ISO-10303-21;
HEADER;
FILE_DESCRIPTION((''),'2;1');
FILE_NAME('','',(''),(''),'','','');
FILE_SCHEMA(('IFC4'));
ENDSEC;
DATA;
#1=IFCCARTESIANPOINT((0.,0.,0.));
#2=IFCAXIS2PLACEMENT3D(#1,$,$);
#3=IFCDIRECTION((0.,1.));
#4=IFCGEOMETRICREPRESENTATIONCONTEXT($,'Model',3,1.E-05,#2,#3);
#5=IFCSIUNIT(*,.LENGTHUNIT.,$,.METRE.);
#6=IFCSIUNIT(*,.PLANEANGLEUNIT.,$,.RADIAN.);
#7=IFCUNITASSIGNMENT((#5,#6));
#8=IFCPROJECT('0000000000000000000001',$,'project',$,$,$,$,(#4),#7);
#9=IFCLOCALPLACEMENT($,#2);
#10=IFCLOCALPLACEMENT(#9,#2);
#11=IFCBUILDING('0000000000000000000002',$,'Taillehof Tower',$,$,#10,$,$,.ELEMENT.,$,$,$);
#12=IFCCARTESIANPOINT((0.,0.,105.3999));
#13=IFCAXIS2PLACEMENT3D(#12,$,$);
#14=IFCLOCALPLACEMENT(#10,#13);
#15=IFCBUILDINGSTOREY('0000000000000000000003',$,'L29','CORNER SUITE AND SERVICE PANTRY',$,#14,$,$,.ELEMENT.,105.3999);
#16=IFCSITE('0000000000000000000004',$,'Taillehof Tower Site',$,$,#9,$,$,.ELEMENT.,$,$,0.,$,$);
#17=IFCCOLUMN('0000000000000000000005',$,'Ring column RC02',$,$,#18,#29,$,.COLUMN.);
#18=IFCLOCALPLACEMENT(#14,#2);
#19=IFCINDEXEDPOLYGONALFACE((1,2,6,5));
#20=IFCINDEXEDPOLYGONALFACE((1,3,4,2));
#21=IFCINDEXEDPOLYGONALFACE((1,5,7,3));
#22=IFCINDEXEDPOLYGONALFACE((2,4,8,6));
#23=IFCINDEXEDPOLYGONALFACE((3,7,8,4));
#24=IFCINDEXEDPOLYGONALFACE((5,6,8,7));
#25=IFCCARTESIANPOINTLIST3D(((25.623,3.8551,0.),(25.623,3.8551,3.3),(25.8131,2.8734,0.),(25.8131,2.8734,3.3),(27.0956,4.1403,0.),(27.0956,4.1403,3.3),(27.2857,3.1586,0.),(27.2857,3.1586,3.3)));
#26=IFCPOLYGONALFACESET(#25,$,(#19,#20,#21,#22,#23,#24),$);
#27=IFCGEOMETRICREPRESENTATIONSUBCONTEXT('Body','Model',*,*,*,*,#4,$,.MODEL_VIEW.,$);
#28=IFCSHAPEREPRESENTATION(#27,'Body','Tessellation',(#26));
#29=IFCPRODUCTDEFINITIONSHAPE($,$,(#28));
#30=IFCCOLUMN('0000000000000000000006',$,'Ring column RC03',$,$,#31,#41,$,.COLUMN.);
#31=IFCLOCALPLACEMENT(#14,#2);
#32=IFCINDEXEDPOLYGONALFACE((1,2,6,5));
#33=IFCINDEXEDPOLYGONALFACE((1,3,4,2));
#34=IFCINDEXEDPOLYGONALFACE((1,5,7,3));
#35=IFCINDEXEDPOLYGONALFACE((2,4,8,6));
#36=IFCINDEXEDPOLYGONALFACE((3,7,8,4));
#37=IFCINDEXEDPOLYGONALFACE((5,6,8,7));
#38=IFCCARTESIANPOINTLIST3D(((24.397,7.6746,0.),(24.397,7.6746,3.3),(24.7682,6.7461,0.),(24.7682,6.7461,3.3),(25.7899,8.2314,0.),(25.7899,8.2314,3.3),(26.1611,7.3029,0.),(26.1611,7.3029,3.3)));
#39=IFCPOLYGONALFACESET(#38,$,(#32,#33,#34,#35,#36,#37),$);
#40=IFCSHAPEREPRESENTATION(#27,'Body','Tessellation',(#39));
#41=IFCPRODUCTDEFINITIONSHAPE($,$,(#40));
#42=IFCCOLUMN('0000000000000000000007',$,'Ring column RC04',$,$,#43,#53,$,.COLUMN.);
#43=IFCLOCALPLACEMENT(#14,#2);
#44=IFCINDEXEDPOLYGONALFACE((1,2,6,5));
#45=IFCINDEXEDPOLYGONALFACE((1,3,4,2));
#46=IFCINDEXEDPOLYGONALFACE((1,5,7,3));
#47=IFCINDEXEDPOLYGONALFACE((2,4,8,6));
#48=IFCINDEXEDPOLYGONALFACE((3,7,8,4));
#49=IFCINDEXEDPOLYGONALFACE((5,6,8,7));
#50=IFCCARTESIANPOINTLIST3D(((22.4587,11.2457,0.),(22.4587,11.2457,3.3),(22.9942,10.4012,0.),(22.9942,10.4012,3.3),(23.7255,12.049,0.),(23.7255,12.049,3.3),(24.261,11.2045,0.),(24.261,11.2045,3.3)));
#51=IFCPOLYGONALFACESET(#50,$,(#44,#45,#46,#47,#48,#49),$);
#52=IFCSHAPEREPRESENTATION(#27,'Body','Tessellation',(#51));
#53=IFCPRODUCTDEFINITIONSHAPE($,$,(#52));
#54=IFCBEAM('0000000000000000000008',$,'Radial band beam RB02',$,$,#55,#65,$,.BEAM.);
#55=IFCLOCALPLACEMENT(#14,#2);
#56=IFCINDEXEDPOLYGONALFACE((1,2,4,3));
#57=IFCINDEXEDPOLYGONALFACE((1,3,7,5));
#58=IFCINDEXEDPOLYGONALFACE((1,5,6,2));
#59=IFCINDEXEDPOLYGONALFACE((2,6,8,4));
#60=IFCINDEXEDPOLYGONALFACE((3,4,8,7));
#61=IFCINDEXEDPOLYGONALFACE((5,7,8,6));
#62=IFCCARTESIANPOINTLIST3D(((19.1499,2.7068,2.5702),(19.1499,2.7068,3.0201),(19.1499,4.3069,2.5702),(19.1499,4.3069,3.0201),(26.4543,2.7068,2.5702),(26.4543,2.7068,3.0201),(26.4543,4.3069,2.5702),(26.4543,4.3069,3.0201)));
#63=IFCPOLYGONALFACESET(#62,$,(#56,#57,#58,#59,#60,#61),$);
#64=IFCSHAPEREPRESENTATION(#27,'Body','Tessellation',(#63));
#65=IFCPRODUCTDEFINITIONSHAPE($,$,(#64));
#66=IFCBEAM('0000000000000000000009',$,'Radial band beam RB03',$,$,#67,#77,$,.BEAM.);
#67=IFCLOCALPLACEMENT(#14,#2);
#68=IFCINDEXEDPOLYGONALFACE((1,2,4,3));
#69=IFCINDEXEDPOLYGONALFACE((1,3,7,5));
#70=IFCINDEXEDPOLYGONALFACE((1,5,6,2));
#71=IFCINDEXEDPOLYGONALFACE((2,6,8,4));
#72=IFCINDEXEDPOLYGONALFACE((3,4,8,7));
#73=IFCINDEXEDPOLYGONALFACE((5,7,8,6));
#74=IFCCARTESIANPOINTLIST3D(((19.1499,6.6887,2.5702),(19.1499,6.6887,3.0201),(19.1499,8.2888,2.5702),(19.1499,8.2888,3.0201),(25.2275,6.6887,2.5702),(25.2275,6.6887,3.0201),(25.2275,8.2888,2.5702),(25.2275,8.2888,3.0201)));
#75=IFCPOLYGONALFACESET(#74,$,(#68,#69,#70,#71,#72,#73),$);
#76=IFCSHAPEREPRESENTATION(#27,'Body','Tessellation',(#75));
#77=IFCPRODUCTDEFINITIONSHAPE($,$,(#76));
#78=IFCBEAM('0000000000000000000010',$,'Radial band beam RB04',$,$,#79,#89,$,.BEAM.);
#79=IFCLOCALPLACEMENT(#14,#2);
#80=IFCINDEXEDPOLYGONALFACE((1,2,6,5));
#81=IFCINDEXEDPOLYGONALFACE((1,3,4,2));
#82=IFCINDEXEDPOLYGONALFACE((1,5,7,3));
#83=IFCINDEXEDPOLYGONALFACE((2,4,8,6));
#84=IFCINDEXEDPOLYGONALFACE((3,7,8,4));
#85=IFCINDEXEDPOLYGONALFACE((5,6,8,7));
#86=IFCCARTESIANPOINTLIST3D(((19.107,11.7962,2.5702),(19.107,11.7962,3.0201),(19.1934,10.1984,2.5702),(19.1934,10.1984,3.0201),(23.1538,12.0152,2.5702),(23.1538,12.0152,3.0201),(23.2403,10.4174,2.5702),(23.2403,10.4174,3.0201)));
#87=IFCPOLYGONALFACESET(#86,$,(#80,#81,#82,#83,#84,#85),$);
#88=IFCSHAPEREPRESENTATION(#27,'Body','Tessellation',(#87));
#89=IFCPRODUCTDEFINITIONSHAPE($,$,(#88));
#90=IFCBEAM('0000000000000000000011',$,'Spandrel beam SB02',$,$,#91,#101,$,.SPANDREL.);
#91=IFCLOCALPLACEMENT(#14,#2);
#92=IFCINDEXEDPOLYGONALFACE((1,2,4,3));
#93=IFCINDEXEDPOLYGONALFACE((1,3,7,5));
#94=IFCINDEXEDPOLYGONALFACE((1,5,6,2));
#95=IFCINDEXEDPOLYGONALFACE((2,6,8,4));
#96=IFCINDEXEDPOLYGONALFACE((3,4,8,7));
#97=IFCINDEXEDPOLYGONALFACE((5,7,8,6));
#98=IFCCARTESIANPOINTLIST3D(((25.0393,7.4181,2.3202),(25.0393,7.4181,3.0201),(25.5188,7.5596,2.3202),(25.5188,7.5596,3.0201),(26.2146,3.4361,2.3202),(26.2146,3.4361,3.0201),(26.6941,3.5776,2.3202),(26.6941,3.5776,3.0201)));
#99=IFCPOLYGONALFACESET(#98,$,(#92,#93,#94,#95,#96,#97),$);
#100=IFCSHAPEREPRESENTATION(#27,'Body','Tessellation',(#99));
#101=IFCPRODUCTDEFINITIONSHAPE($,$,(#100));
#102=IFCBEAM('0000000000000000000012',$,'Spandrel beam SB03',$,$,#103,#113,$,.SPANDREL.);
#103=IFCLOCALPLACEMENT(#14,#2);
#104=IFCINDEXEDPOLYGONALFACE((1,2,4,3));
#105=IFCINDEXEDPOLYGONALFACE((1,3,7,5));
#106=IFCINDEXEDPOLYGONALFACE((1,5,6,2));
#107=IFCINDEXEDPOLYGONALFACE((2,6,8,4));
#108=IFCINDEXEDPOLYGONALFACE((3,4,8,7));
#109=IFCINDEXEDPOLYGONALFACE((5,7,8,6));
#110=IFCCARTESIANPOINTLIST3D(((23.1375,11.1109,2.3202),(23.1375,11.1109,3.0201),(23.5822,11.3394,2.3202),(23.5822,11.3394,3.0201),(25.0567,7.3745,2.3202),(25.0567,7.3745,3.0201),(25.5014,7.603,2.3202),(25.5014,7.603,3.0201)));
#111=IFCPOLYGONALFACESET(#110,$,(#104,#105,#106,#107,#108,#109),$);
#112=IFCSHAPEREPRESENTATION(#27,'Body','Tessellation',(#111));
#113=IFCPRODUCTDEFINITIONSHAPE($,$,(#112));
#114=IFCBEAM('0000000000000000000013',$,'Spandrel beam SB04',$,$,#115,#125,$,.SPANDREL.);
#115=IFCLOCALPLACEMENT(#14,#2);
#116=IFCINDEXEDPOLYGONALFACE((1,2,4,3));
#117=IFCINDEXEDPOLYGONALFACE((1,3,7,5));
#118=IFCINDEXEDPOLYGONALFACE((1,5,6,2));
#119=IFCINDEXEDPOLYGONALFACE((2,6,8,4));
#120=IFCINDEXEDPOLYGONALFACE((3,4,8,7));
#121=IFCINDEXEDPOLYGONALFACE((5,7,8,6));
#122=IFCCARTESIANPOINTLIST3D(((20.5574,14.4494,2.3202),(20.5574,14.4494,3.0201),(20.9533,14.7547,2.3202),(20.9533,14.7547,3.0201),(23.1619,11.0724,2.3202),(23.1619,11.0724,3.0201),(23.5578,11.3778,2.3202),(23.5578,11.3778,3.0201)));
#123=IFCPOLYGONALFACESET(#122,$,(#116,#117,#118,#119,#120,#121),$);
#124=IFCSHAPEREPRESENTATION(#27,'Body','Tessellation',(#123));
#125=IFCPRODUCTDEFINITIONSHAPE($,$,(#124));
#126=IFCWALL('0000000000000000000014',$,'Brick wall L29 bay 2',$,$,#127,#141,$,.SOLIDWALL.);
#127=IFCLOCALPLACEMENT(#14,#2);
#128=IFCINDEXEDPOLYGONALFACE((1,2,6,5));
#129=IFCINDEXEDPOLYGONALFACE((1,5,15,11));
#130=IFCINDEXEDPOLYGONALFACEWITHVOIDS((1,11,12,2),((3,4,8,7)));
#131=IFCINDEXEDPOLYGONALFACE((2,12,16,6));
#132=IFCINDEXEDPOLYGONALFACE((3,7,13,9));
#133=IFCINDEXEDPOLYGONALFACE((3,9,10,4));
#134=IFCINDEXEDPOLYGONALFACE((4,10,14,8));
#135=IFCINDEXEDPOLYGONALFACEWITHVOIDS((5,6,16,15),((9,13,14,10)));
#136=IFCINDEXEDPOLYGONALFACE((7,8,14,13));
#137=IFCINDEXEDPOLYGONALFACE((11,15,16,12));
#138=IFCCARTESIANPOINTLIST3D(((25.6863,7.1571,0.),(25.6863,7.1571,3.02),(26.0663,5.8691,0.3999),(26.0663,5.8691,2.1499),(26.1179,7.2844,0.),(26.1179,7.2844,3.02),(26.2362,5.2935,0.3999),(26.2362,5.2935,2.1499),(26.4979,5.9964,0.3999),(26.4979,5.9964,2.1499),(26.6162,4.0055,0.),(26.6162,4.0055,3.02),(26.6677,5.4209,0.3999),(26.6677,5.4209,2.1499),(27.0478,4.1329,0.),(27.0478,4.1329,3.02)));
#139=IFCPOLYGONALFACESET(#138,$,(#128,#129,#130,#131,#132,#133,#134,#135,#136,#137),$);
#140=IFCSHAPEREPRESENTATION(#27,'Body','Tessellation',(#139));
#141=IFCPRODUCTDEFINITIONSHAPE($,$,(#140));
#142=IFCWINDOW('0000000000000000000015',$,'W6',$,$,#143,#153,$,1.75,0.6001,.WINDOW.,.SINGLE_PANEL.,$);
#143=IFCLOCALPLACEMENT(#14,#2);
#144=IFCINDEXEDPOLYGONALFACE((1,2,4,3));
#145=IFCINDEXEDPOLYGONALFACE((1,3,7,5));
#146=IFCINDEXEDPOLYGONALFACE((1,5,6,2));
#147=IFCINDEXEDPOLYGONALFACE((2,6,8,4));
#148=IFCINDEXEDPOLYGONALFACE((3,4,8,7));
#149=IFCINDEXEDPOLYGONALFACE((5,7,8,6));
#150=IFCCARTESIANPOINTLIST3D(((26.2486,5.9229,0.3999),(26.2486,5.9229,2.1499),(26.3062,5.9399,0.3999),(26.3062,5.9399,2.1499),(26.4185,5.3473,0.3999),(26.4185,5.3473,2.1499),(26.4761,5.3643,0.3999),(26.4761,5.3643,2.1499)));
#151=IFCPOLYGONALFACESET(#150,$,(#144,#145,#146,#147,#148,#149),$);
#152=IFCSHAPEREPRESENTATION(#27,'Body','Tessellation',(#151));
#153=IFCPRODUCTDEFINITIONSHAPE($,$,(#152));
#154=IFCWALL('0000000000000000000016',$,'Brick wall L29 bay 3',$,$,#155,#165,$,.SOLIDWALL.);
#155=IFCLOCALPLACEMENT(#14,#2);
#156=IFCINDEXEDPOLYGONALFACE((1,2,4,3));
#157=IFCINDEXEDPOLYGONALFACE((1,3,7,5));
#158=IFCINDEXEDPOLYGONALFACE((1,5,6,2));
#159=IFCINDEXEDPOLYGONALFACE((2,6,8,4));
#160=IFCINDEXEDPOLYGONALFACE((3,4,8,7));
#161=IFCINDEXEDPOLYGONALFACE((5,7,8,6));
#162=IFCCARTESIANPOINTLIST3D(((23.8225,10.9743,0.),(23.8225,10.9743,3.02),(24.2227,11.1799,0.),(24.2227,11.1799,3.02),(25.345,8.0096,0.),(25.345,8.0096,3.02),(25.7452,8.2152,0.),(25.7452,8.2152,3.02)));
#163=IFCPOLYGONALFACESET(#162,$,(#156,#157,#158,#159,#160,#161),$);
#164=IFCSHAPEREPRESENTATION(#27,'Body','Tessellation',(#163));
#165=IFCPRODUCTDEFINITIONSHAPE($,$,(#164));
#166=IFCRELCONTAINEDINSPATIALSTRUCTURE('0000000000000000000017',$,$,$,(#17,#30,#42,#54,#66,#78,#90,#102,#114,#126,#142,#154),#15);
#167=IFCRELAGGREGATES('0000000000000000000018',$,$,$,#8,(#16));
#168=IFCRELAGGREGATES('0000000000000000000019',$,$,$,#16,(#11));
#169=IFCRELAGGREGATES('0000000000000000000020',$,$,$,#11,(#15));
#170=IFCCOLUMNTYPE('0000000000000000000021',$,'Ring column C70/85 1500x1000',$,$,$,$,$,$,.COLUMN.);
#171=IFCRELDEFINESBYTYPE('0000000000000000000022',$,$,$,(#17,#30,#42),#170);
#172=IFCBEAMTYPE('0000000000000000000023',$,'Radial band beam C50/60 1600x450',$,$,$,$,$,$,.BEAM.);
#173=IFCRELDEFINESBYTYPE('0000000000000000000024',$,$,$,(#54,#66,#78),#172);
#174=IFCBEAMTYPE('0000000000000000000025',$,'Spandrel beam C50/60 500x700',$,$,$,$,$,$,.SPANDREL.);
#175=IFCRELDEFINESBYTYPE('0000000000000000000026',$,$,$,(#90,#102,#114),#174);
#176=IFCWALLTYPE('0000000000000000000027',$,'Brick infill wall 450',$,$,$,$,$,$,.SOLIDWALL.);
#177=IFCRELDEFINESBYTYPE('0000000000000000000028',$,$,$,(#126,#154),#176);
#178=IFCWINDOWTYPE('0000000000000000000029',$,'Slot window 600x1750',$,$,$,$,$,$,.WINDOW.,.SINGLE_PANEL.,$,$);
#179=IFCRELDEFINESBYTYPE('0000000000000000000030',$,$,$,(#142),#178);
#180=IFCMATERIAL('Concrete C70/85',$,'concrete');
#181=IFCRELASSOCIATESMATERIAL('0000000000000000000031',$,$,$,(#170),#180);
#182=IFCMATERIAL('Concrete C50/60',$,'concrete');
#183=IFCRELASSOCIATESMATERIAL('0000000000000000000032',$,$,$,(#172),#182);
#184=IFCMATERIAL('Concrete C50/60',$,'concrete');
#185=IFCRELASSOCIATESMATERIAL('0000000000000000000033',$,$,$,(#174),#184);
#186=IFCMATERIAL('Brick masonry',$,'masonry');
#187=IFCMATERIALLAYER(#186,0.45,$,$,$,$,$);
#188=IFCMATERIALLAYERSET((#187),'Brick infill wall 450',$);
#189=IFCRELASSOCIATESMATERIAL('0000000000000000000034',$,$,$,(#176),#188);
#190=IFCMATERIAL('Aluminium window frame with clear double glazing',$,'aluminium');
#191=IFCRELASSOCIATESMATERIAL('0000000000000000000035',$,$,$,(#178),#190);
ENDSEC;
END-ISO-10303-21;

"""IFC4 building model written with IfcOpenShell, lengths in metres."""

from ifc_helpers import new_model, si_unit, direction, frame, frame_2d, origin, origin_2d, place, context, subcontext, project, spatial, rectangle, extrude, material, layer, layer_set, material_profile, profile_set, type_object, element, fill, save


model = new_model("IFC4")

# Units and contexts
model_context = context("Model", 3, precision=1e-05, world=origin(), true_north=direction((0.0, 1.0)))
body_context = subcontext(model_context, "Body", "Model", "MODEL_VIEW")
ifc_project = project(units=[si_unit("LENGTHUNIT", "METRE"), si_unit("PLANEANGLEUNIT", "RADIAN")], contexts=[model_context])

# Site, building, storey
site_placement = place(None, origin())
site = spatial("IfcSite", under=ifc_project, at=site_placement, Name="Taillehof Tower Site", CompositionType="ELEMENT", RefElevation=0.0)
building_placement = place(site_placement, origin())
building = spatial("IfcBuilding", under=site, at=building_placement, Name="Taillehof Tower", CompositionType="ELEMENT")
storey_placement = place(building_placement, frame((0.0, 0.0, 105.3999)))
storey = spatial("IfcBuildingStorey", under=building, at=storey_placement, Name="L29", Description="CORNER SUITE AND SERVICE PANTRY", CompositionType="ELEMENT", Elevation=105.3999)

# Columns
ifc_material_1 = material(Name="Concrete C70/85", Category="concrete")
ifc_material_profile_1 = material_profile(ifc_material_1, rectangle(XDim=1.5, YDim=1.0, at=origin_2d()), Name="RC 1500x1000")
ifc_profile_set_1 = profile_set([ifc_material_profile_1], Name="Concrete C70/85")
column_type = type_object("IfcColumnType", Name="Ring column C70/85 1500x1000", PredefinedType="COLUMN", material=ifc_profile_set_1)
for number, where, z_axis, x_axis, name in (
    (1, (26.4543, 3.5068, 0.0), (0.0, 0.0, 1.0), (0.981757, 0.190138, 0.0), "Ring column RC02"),
    (2, (25.2791, 7.4888, 0.0), (0.0, 0.0, 1.0), (0.92855, 0.371207, 0.0), "Ring column RC03"),
    (3, (23.3599, 11.2251, 0.0), (0.0, 0.0, 1.0), (0.844511, 0.535537, 0.0), "Ring column RC04"),
):
    element("IfcColumn", number, at=place(storey_placement, frame(where, z_axis=z_axis, x_axis=x_axis)), inside=storey, type_object=column_type, Name=name, PredefinedType="COLUMN", context=body_context, shape_type="SweptSolid", body=[
        extrude(rectangle(XDim=1.5, YDim=1.0, at=origin_2d()), origin(), (0.0, 0.0, 1.0), 3.3),
    ])

# Beams
ifc_material_2 = material(Name="Concrete C50/60", Category="concrete")
ifc_material_profile_2 = material_profile(ifc_material_2, rectangle(XDim=1.6001, YDim=0.45, at=origin_2d()), Name="RC 1600x450")
ifc_profile_set_2 = profile_set([ifc_material_profile_2], Name="Concrete C50/60")
beam_type_1 = type_object("IfcBeamType", Name="Radial band beam C50/60 1600x450", PredefinedType="BEAM", material=ifc_profile_set_2)
beam_1_placement = place(storey_placement, frame((26.4543, 3.5068, 2.7952), z_axis=(-1.0, 0.0, 0.0), x_axis=(0.0, -1.0, 0.0)))
element("IfcBeam", 4, at=beam_1_placement, inside=storey, type_object=beam_type_1, Name="Radial band beam RB02", PredefinedType="BEAM", context=body_context, shape_type="SweptSolid", body=[
    extrude(rectangle(XDim=1.6001, YDim=0.45, at=origin_2d()), origin(), (0.0, 0.0, 1.0), 7.3044),
])
beam_2_placement = place(storey_placement, frame((25.2275, 7.4888, 2.7952), z_axis=(-1.0, 0.0, 0.0), x_axis=(0.0, -1.0, 0.0)))
element("IfcBeam", 5, at=beam_2_placement, inside=storey, type_object=beam_type_1, Name="Radial band beam RB03", PredefinedType="BEAM", context=body_context, shape_type="SweptSolid", body=[
    extrude(rectangle(XDim=1.6001, YDim=0.45, at=origin_2d()), origin(), (0.0, 0.0, 1.0), 6.0776),
])
beam_3_placement = place(storey_placement, frame((23.197, 11.2163, 2.7952), z_axis=(-0.998539, -0.054035, 0.0), x_axis=(0.054035, -0.998539, 0.0)))
element("IfcBeam", 6, at=beam_3_placement, inside=storey, type_object=beam_type_1, Name="Radial band beam RB04", PredefinedType="BEAM", context=body_context, shape_type="SweptSolid", body=[
    extrude(rectangle(XDim=1.6001, YDim=0.45, at=origin_2d()), origin(), (0.0, 0.0, 1.0), 4.0527),
])
ifc_material_3 = material(Name="Concrete C50/60", Category="concrete")
ifc_material_profile_3 = material_profile(ifc_material_3, rectangle(XDim=0.5, YDim=0.7, at=origin_2d()), Name="RC 500x700")
ifc_profile_set_3 = profile_set([ifc_material_profile_3], Name="Concrete C50/60")
beam_type_2 = type_object("IfcBeamType", Name="Spandrel beam C50/60 500x700", PredefinedType="SPANDREL", material=ifc_profile_set_3)
beam_4_placement = place(storey_placement, frame((26.4543, 3.5068, 2.6702), z_axis=(-0.283083, 0.959095, 0.0), x_axis=(-0.959095, -0.283083, 0.0)))
element("IfcBeam", 7, at=beam_4_placement, inside=storey, type_object=beam_type_2, Name="Spandrel beam SB02", PredefinedType="SPANDREL", context=body_context, shape_type="SweptSolid", body=[
    extrude(rectangle(XDim=0.5, YDim=0.7, at=origin_2d()), origin(), (0.0, 0.0, 1.0), 4.1519),
])
beam_5_placement = place(storey_placement, frame((25.2791, 7.4888, 2.6702), z_axis=(-0.456905, 0.889515, 0.0), x_axis=(-0.889515, -0.456905, 0.0)))
element("IfcBeam", 8, at=beam_5_placement, inside=storey, type_object=beam_type_2, Name="Spandrel beam SB03", PredefinedType="SPANDREL", context=body_context, shape_type="SweptSolid", body=[
    extrude(rectangle(XDim=0.5, YDim=0.7, at=origin_2d()), origin(), (0.0, 0.0, 1.0), 4.2004),
])
beam_6_placement = place(storey_placement, frame((23.3599, 11.2251, 2.6702), z_axis=(-0.610717, 0.791849, 0.0), x_axis=(-0.791849, -0.610717, 0.0)))
element("IfcBeam", 9, at=beam_6_placement, inside=storey, type_object=beam_type_2, Name="Spandrel beam SB04", PredefinedType="SPANDREL", context=body_context, shape_type="SweptSolid", body=[
    extrude(rectangle(XDim=0.5, YDim=0.7, at=origin_2d()), origin(), (0.0, 0.0, 1.0), 4.2646),
])

# Wall, opening, window
ifc_material_4 = material(Name="Brick masonry", Category="masonry")
ifc_layer_1 = layer(ifc_material_4, 0.45)
ifc_layer_set_1 = layer_set([ifc_layer_1], Name="Brick infill wall 450")
wall_type_1 = type_object("IfcWallType", Name="Brick infill wall 450", PredefinedType="SOLIDWALL", material=ifc_layer_set_1)
wall_1_placement = place(storey_placement, frame((26.832, 4.0691, 0.0), z_axis=(0.0, 0.0, 1.0), x_axis=(-0.283003, 0.959119, 0.0)))
wall_1 = element("IfcWall", 10, at=wall_1_placement, inside=storey, type_object=wall_type_1, Name="Brick wall L29 bay 2", PredefinedType="SOLIDWALL", context=body_context, shape_type="SweptSolid", body=[
    extrude(rectangle(XDim=3.2859, YDim=0.45, at=frame_2d((1.6431, 0.0))), origin(), (0.0, 0.0, 1.0), 3.02),
])
opening_1_placement = place(wall_1_placement, frame((1.343, 0.0, 0.3999)))
opening_1 = element("IfcOpeningElement", 11, at=opening_1_placement, cuts=wall_1, PredefinedType="OPENING", context=body_context, shape_type="SweptSolid", body=[
    extrude(rectangle(XDim=0.6001, YDim=1.75, at=frame_2d((0.3, 0.875))), frame((0.0, 0.2349, 0.0), z_axis=(0.0, -1.0, 0.0), x_axis=(1.0, 0.0, 0.0)), (0.0, 0.0, 1.0), 0.47),
])
ifc_material_5 = material(Name="Aluminium window frame with clear double glazing", Category="aluminium")
window_type = type_object("IfcWindowType", Name="Slot window 600x1750", PartitioningType="SINGLE_PANEL", PredefinedType="WINDOW", material=ifc_material_5)
window_1_placement = place(opening_1_placement, origin())
window_1 = element("IfcWindow", 12, at=window_1_placement, inside=storey, type_object=window_type, Name="W6", OverallHeight=1.75, OverallWidth=0.6001, PartitioningType="SINGLE_PANEL", PredefinedType="WINDOW", context=body_context, shape_type="SweptSolid", body=[
    extrude(rectangle(XDim=0.6001, YDim=1.75, at=frame_2d((0.3, 0.875))), frame((0.0, 0.0349, 0.0), z_axis=(0.0, -1.0, 0.0), x_axis=(1.0, 0.0, 0.0)), (0.0, 0.0, 1.0), 0.0601),
])
fill(opening_1, window_1)

# Wall
wall_2_placement = place(storey_placement, frame((25.5452, 8.1123, 0.0), z_axis=(0.0, 0.0, 1.0), x_axis=(-0.456828, 0.889555, 0.0)))
element("IfcWall", 13, at=wall_2_placement, inside=storey, type_object=wall_type_1, Name="Brick wall L29 bay 3", PredefinedType="SOLIDWALL", context=body_context, shape_type="SweptSolid", body=[
    extrude(rectangle(XDim=3.3328, YDim=0.45, at=frame_2d((1.6665, 0.0))), origin(), (0.0, 0.0, 1.0), 3.02),
])

save(model, "model.ifc")
